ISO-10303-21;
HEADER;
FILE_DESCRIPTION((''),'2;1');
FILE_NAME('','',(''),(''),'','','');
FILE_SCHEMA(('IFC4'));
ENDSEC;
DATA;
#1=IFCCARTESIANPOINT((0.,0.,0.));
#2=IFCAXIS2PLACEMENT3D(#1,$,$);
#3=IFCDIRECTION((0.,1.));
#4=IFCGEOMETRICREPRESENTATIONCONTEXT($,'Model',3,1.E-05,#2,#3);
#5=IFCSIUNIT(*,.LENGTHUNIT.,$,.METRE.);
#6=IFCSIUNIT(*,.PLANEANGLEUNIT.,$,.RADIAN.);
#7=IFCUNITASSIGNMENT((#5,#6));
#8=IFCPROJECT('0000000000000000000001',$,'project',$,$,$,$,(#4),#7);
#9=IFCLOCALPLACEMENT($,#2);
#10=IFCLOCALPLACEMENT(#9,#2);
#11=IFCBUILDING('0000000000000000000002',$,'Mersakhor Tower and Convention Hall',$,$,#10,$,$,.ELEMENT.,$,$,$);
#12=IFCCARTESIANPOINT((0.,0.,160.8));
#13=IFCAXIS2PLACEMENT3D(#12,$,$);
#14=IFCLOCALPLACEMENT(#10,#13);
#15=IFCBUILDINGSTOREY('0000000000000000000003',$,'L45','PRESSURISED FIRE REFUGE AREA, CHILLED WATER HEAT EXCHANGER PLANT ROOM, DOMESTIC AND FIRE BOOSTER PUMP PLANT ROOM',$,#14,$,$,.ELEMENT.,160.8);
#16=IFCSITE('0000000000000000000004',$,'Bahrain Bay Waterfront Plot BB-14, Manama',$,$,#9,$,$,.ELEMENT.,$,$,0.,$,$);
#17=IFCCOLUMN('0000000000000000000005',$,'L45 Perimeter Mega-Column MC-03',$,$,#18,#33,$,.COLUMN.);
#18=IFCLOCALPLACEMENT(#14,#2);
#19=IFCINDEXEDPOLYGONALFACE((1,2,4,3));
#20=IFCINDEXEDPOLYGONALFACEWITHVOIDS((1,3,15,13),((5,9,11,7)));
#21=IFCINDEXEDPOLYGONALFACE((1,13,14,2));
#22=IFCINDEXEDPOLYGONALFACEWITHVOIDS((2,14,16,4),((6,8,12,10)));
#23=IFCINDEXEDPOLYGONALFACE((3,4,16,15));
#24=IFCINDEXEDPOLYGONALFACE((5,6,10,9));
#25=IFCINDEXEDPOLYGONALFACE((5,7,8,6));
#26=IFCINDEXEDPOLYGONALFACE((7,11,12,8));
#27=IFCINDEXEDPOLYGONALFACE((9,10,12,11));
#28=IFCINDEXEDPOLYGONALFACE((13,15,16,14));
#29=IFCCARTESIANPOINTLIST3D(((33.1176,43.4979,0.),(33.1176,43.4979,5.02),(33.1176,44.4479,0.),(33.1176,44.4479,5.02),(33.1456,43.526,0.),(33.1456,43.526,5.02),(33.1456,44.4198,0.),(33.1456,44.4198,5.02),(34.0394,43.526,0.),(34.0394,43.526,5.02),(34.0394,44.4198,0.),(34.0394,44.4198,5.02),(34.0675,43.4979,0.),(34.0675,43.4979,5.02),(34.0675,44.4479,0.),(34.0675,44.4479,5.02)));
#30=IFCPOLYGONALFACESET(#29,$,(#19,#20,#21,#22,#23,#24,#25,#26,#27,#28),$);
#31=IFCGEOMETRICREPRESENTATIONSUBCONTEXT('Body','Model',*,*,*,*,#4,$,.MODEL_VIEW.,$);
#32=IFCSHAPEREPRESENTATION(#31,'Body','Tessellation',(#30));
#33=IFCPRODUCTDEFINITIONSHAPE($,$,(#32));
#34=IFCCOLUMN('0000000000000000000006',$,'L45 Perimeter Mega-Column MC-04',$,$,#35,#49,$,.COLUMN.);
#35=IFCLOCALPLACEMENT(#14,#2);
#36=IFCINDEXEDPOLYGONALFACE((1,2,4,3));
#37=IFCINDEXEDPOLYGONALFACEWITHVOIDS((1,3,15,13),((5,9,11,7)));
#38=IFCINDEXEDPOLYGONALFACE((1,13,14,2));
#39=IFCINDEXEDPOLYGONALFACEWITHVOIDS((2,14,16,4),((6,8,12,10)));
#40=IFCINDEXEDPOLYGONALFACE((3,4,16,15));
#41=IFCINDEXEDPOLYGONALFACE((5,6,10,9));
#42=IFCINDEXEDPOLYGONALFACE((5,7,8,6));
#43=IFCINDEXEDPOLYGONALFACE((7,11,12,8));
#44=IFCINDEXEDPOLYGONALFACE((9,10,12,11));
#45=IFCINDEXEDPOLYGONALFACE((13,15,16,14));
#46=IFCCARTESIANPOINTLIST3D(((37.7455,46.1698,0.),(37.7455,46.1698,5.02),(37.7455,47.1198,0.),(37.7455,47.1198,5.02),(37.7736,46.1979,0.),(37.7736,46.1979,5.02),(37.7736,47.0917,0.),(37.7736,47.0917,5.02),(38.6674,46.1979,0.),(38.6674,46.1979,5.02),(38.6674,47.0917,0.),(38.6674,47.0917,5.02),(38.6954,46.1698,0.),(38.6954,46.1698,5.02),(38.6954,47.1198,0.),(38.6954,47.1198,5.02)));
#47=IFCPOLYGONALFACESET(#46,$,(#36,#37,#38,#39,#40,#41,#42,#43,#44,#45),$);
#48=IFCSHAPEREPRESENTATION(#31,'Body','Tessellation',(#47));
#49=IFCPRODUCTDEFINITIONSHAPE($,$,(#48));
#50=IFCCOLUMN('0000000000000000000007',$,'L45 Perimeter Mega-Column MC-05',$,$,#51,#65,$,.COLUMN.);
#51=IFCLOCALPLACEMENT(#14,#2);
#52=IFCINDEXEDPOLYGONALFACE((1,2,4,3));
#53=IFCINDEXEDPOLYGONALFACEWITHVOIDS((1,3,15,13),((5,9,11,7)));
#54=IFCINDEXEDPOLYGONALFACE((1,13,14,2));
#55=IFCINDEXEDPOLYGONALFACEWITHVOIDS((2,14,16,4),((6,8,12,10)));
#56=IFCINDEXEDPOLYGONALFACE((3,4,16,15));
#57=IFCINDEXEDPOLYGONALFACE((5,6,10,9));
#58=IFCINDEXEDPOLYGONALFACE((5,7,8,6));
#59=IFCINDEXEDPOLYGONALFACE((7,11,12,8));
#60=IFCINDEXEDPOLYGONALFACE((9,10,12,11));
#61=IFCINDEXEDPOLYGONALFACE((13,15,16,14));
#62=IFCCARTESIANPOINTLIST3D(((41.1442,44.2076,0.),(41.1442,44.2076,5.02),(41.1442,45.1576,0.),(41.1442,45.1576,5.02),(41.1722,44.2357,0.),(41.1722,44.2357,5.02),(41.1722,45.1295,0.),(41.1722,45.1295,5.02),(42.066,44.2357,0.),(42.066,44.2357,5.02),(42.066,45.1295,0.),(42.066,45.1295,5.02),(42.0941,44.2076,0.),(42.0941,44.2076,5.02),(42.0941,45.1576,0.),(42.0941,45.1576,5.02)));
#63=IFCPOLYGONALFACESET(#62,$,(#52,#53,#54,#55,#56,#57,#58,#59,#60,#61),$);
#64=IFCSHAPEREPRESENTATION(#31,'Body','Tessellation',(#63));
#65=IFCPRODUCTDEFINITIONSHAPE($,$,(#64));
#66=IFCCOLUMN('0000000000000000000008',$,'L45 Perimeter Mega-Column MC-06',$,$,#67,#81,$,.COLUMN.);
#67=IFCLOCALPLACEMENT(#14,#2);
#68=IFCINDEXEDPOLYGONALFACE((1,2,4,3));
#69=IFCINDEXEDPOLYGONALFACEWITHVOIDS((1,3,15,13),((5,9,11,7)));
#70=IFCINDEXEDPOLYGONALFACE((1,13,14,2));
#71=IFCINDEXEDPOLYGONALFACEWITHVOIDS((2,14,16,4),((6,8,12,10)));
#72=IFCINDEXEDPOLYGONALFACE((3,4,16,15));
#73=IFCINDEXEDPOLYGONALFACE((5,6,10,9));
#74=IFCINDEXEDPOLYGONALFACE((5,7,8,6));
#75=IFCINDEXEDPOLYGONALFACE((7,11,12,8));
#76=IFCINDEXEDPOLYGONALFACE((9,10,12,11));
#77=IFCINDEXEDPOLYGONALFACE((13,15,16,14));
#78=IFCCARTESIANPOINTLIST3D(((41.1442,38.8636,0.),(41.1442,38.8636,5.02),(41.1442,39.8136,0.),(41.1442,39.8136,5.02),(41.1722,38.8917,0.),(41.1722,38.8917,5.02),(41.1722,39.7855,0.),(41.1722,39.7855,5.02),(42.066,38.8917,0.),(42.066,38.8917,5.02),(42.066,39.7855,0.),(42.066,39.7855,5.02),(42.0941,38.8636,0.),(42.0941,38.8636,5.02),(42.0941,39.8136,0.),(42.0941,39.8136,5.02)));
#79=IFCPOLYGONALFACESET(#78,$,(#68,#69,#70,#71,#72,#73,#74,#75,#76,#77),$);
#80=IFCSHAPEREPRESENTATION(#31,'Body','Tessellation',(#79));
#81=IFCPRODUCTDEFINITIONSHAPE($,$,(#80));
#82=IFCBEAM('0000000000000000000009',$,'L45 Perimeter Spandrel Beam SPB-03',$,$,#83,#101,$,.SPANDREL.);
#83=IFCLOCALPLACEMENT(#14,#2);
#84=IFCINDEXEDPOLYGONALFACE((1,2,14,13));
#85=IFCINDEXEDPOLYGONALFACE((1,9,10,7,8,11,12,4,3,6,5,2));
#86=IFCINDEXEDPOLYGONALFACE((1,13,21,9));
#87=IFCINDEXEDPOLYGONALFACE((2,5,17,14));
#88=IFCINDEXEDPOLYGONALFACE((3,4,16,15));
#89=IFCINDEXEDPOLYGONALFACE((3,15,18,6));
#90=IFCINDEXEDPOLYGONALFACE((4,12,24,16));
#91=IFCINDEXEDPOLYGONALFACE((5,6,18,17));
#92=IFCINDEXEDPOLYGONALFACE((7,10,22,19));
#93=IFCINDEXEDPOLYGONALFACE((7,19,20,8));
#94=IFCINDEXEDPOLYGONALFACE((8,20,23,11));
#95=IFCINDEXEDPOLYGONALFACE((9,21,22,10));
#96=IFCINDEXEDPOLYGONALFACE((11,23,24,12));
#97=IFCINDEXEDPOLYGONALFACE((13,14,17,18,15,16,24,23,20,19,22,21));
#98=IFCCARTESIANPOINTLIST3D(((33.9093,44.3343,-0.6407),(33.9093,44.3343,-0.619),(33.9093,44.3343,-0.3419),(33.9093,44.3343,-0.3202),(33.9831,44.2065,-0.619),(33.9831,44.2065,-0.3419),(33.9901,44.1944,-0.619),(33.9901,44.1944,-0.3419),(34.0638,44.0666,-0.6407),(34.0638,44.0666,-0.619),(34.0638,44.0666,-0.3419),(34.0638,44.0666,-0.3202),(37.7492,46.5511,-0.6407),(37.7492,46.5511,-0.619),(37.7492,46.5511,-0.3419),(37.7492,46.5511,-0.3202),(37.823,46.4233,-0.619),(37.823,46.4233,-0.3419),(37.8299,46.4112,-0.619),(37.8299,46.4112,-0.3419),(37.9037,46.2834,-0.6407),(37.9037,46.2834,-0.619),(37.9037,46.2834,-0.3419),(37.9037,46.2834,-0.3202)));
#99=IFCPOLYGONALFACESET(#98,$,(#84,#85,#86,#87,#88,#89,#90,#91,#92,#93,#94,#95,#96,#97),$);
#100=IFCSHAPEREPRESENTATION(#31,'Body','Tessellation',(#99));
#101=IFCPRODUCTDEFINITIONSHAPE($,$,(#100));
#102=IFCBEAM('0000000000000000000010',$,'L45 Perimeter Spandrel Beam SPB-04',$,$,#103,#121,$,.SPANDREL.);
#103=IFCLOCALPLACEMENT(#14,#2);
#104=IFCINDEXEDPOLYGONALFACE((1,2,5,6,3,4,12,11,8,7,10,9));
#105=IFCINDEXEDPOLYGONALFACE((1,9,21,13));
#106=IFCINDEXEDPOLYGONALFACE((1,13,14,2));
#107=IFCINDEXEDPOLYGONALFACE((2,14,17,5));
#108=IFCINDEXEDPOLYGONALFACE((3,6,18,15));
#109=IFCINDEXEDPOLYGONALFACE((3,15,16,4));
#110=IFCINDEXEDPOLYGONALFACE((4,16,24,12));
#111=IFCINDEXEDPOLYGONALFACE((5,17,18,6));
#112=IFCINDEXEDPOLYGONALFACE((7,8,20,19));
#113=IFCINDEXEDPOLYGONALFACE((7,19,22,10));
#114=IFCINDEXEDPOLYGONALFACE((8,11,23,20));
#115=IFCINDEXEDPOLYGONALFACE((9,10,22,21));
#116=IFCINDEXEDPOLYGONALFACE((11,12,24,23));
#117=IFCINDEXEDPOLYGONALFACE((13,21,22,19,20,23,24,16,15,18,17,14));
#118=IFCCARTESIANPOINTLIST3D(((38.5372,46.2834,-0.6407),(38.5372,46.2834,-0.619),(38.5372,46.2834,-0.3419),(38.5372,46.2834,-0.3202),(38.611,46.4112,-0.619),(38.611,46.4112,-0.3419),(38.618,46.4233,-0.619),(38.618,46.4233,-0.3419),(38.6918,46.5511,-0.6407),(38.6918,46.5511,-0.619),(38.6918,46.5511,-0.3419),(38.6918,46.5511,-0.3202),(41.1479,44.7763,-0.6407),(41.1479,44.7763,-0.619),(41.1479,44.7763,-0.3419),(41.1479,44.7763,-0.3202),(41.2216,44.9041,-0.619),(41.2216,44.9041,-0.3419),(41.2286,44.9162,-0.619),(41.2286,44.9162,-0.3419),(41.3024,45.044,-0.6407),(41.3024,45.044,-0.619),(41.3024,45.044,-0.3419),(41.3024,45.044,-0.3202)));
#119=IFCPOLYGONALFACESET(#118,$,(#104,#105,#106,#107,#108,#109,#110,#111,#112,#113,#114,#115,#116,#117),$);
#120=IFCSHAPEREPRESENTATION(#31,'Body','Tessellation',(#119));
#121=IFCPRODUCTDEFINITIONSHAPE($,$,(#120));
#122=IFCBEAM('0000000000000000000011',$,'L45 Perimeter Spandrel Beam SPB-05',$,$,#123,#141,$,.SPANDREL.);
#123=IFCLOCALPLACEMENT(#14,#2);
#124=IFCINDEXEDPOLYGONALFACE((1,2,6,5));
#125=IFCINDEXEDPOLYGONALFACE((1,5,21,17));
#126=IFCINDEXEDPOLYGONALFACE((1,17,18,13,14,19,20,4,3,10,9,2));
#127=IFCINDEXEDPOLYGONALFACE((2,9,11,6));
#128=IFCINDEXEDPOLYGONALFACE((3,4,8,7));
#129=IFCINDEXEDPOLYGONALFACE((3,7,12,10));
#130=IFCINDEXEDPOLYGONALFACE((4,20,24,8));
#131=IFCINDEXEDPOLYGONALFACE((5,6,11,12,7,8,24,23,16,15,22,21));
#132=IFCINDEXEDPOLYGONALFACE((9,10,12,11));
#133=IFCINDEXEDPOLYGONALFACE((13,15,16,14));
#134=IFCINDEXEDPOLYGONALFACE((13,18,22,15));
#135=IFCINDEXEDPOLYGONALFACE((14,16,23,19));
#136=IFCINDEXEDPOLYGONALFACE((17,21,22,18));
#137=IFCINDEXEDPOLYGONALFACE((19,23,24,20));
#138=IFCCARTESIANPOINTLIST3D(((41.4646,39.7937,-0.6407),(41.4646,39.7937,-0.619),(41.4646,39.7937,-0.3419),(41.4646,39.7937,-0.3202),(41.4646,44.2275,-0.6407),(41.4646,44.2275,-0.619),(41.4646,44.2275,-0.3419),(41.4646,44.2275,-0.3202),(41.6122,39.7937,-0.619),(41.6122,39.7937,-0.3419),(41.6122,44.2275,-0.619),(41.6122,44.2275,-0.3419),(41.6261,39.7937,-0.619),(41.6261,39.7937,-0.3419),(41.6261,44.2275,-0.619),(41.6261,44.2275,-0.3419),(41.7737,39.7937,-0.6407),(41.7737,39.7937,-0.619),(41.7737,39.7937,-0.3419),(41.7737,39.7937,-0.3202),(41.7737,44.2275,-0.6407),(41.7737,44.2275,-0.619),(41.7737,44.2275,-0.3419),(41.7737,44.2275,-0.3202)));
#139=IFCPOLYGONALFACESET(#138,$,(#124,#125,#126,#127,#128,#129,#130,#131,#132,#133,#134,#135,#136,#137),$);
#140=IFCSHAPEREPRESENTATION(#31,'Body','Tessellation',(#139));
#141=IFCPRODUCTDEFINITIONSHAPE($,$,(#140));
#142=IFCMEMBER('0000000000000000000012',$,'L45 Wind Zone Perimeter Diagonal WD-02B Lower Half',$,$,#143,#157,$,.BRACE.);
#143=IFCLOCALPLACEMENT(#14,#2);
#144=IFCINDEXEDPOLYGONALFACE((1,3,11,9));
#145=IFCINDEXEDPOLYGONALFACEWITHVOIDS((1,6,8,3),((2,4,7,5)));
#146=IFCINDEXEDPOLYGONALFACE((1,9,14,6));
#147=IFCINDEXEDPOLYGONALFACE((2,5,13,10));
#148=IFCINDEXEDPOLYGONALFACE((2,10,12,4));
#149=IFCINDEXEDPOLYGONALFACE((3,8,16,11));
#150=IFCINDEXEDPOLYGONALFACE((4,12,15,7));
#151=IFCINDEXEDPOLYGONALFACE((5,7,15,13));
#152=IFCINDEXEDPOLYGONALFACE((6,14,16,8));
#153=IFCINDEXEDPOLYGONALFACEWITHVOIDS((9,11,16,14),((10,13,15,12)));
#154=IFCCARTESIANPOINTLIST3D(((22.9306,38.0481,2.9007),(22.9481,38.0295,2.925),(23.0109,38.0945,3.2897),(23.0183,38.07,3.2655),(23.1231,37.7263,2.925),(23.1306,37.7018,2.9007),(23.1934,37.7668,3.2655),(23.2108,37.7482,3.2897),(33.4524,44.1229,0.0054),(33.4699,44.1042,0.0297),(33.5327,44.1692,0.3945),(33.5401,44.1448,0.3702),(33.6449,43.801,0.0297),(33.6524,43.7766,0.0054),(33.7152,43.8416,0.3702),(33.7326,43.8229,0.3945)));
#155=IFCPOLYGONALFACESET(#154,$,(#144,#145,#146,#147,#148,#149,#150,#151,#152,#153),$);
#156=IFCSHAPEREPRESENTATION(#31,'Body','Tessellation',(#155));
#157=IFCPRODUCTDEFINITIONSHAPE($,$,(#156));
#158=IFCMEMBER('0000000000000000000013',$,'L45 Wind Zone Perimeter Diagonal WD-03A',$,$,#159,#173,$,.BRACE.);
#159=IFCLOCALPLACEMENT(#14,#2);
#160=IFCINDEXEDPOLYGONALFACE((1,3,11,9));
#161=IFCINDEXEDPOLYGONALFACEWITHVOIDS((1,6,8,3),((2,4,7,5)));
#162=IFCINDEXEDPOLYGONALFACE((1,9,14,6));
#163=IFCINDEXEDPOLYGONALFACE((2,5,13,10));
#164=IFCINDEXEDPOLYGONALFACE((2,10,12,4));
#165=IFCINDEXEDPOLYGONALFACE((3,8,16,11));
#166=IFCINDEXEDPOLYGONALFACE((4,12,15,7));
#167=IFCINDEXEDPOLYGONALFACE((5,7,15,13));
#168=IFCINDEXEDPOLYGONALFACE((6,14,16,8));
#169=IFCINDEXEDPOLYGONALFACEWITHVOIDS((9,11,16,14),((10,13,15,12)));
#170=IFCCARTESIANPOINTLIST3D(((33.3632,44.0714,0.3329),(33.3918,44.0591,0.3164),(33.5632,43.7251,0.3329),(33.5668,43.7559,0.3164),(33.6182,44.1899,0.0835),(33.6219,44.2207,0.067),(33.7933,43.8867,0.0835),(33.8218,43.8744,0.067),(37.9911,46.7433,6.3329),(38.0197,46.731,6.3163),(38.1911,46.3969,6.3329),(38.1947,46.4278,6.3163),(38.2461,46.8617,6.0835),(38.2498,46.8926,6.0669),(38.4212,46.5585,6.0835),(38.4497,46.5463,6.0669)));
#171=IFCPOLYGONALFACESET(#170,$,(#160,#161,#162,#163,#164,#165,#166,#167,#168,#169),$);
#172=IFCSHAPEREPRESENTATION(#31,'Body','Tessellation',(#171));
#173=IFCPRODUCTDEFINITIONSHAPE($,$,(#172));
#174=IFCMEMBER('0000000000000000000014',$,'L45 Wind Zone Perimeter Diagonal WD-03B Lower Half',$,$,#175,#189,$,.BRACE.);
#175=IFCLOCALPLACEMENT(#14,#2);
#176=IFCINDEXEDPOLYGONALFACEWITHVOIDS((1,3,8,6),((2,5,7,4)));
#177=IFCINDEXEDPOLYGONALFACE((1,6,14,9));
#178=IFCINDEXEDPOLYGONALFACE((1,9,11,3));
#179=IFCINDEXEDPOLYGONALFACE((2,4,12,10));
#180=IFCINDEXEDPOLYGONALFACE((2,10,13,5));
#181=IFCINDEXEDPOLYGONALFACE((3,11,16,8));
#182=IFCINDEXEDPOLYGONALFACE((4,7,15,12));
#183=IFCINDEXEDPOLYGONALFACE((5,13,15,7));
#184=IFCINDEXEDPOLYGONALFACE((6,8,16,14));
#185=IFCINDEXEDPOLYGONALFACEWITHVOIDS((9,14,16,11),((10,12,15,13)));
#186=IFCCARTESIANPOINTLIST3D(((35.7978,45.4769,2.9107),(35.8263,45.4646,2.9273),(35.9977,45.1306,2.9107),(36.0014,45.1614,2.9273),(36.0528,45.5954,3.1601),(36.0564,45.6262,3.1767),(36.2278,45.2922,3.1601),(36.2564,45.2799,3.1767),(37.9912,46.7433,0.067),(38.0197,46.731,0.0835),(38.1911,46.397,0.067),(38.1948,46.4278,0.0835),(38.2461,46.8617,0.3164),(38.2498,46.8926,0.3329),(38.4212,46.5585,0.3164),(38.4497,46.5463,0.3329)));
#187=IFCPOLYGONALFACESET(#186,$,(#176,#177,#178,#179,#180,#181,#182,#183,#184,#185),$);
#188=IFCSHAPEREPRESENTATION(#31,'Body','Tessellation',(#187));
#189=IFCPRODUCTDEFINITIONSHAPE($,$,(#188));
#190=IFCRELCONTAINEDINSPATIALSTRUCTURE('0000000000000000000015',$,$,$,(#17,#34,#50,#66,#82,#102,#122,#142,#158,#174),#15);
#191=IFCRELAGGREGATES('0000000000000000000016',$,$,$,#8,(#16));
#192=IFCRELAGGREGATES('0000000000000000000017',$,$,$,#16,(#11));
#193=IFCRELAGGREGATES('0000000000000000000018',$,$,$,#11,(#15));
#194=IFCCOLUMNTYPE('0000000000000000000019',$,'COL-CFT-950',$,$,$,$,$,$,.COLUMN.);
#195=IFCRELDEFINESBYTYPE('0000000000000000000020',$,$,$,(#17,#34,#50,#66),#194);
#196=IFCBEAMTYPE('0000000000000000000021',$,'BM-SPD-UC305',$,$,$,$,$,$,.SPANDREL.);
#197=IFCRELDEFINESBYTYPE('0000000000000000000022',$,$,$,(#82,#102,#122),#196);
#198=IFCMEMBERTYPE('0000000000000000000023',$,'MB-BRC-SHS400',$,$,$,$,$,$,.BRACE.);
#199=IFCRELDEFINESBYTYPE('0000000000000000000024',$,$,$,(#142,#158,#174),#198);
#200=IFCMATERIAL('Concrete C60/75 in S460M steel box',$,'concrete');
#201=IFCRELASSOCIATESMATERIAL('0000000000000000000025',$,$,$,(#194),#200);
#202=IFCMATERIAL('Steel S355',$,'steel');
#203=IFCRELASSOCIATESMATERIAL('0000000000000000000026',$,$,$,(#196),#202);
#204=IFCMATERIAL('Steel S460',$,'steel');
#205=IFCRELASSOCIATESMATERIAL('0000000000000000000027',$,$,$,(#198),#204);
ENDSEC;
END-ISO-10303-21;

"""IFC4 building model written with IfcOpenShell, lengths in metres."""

from ifc_helpers import new_model, si_unit, direction, frame, origin, origin_2d, place, context, subcontext, project, spatial, hollow_rectangle, i_section, extrude, material, material_profile, profile_set, type_object, element, save


model = new_model("IFC4")

# Units and contexts
model_context = context("Model", 3, precision=1e-05, world=origin(), true_north=direction((0.0, 1.0)))
body_context = subcontext(model_context, "Body", "Model", "MODEL_VIEW")
ifc_project = project(units=[si_unit("LENGTHUNIT", "METRE"), si_unit("PLANEANGLEUNIT", "RADIAN")], contexts=[model_context])

# Site, building, storey
site_placement = place(None, origin())
site = spatial("IfcSite", under=ifc_project, at=site_placement, Name="Bahrain Bay Waterfront Plot BB-14, Manama", CompositionType="ELEMENT", RefElevation=0.0)
building_placement = place(site_placement, origin())
building = spatial("IfcBuilding", under=site, at=building_placement, Name="Mersakhor Tower and Convention Hall", CompositionType="ELEMENT")
storey_placement = place(building_placement, frame((0.0, 0.0, 160.8)))
storey = spatial("IfcBuildingStorey", under=building, at=storey_placement, Name="L45", Description="PRESSURISED FIRE REFUGE AREA, CHILLED WATER HEAT EXCHANGER PLANT ROOM, DOMESTIC AND FIRE BOOSTER PUMP PLANT ROOM", CompositionType="ELEMENT", Elevation=160.8)

# Columns
ifc_material_1 = material(Name="Concrete C60/75 in S460M steel box", Category="concrete")
ifc_material_profile_1 = material_profile(ifc_material_1, hollow_rectangle(XDim=0.95, YDim=0.95, WallThickness=0.0281, at=origin_2d()), Name="SHS 950x950x28")
ifc_profile_set_1 = profile_set([ifc_material_profile_1], Name="Concrete C60/75 in S460M steel box")
column_type = type_object("IfcColumnType", Name="COL-CFT-950", PredefinedType="COLUMN", material=ifc_profile_set_1)
for number, where, z_axis, x_axis, name in (
    (1, (33.5925, 43.9729, 0.0), (0.0, 0.0, 1.0), (1.0, 0.0, 0.0), "L45 Perimeter Mega-Column MC-03"),
    (2, (38.2205, 46.6448, 0.0), (0.0, 0.0, 1.0), (1.0, 0.0, 0.0), "L45 Perimeter Mega-Column MC-04"),
    (3, (41.6191, 44.6826, 0.0), (0.0, 0.0, 1.0), (1.0, 0.0, 0.0), "L45 Perimeter Mega-Column MC-05"),
    (4, (41.6191, 39.3386, 0.0), (0.0, 0.0, 1.0), (1.0, 0.0, 0.0), "L45 Perimeter Mega-Column MC-06"),
):
    element("IfcColumn", number, at=place(storey_placement, frame(where, z_axis=z_axis, x_axis=x_axis)), inside=storey, type_object=column_type, Name=name, PredefinedType="COLUMN", context=body_context, shape_type="SweptSolid", body=[
        extrude(hollow_rectangle(XDim=0.95, YDim=0.95, WallThickness=0.0281, at=origin_2d()), origin(), (0.0, 0.0, 1.0), 5.02),
    ])

# Beams
ifc_material_2 = material(Name="Steel S355", Category="steel")
ifc_material_profile_2 = material_profile(ifc_material_2, i_section(OverallWidth=0.3091, OverallDepth=0.3206, WebThickness=0.0139, FlangeThickness=0.0217, at=origin_2d()), Name="UC 305x305x137")
ifc_profile_set_2 = profile_set([ifc_material_profile_2], Name="Steel S355")
beam_type = type_object("IfcBeamType", Name="BM-SPD-UC305", PredefinedType="SPANDREL", material=ifc_profile_set_2)
beam_1_placement = place(storey_placement, frame((33.9866, 44.2004, -0.4805), z_axis=(0.866039, 0.499977, 0.0), x_axis=(-0.499977, 0.866039, 0.0)))
element("IfcBeam", 5, at=beam_1_placement, inside=storey, type_object=beam_type, Name="L45 Perimeter Spandrel Beam SPB-03", PredefinedType="SPANDREL", context=body_context, shape_type="SweptSolid", body=[
    extrude(i_section(OverallWidth=0.3091, OverallDepth=0.3206, WebThickness=0.0139, FlangeThickness=0.0217, at=origin_2d()), origin(), (0.0, 0.0, 1.0), 4.4338),
])
beam_2_placement = place(storey_placement, frame((38.6145, 46.4172, -0.4805), z_axis=(0.866047, -0.499963, 0.0), x_axis=(0.499963, 0.866047, 0.0)))
element("IfcBeam", 6, at=beam_2_placement, inside=storey, type_object=beam_type, Name="L45 Perimeter Spandrel Beam SPB-04", PredefinedType="SPANDREL", context=body_context, shape_type="SweptSolid", body=[
    extrude(i_section(OverallWidth=0.3091, OverallDepth=0.3206, WebThickness=0.0139, FlangeThickness=0.0217, at=origin_2d()), origin(), (0.0, 0.0, 1.0), 3.0144),
])
beam_3_placement = place(storey_placement, frame((41.6191, 44.2275, -0.4805), z_axis=(0.0, -1.0, 0.0), x_axis=(1.0, 0.0, 0.0)))
element("IfcBeam", 7, at=beam_3_placement, inside=storey, type_object=beam_type, Name="L45 Perimeter Spandrel Beam SPB-05", PredefinedType="SPANDREL", context=body_context, shape_type="SweptSolid", body=[
    extrude(i_section(OverallWidth=0.3091, OverallDepth=0.3206, WebThickness=0.0139, FlangeThickness=0.0217, at=origin_2d()), origin(), (0.0, 0.0, 1.0), 4.4338),
])

# Members
ifc_material_3 = material(Name="Steel S460", Category="steel")
ifc_material_profile_3 = material_profile(ifc_material_3, hollow_rectangle(XDim=0.3999, YDim=0.3999, WallThickness=0.0249, at=origin_2d()), Name="SHS 400x400x25")
ifc_profile_set_3 = profile_set([ifc_material_profile_3], Name="Steel S460")
member_type = type_object("IfcMemberType", Name="MB-BRC-SHS400", PredefinedType="BRACE", material=ifc_profile_set_3)
member_1_placement = place(storey_placement, frame((33.5925, 43.9729, 0.2), z_axis=(-0.842436, -0.486379, 0.231813), x_axis=(0.499999, -0.866026, 0.0)))
element("IfcMember", 8, at=member_1_placement, inside=storey, type_object=member_type, Name="L45 Wind Zone Perimeter Diagonal WD-02B Lower Half", PredefinedType="BRACE", context=body_context, shape_type="SweptSolid", body=[
    extrude(hollow_rectangle(XDim=0.3999, YDim=0.3999, WallThickness=0.0249, at=origin_2d()), origin(), (0.0, 0.0, 1.0), 12.4897),
])
member_2_placement = place(storey_placement, frame((33.5925, 43.9729, 0.2), z_axis=(0.575992, 0.332541, 0.74676), x_axis=(-0.499991, 0.86603, 0.0)))
element("IfcMember", 9, at=member_2_placement, inside=storey, type_object=member_type, Name="L45 Wind Zone Perimeter Diagonal WD-03A", PredefinedType="BRACE", context=body_context, shape_type="SweptSolid", body=[
    extrude(hollow_rectangle(XDim=0.3999, YDim=0.3999, WallThickness=0.0249, at=origin_2d()), origin(), (0.0, 0.0, 1.0), 8.0347),
])
for number, where, z_axis, x_axis, name in (
    (10, (38.2205, 46.6448, 0.2), (-0.575977, -0.332546, 0.746769), (0.500006, -0.866022, 0.0), "L45 Wind Zone Perimeter Diagonal WD-03B Lower Half"),
):
    element("IfcMember", number, at=place(storey_placement, frame(where, z_axis=z_axis, x_axis=x_axis)), inside=storey, type_object=member_type, Name=name, PredefinedType="BRACE", context=body_context, shape_type="SweptSolid", body=[
        extrude(hollow_rectangle(XDim=0.3999, YDim=0.3999, WallThickness=0.0249, at=origin_2d()), origin(), (0.0, 0.0, 1.0), 3.8081),
    ])

save(model, "model.ifc")
